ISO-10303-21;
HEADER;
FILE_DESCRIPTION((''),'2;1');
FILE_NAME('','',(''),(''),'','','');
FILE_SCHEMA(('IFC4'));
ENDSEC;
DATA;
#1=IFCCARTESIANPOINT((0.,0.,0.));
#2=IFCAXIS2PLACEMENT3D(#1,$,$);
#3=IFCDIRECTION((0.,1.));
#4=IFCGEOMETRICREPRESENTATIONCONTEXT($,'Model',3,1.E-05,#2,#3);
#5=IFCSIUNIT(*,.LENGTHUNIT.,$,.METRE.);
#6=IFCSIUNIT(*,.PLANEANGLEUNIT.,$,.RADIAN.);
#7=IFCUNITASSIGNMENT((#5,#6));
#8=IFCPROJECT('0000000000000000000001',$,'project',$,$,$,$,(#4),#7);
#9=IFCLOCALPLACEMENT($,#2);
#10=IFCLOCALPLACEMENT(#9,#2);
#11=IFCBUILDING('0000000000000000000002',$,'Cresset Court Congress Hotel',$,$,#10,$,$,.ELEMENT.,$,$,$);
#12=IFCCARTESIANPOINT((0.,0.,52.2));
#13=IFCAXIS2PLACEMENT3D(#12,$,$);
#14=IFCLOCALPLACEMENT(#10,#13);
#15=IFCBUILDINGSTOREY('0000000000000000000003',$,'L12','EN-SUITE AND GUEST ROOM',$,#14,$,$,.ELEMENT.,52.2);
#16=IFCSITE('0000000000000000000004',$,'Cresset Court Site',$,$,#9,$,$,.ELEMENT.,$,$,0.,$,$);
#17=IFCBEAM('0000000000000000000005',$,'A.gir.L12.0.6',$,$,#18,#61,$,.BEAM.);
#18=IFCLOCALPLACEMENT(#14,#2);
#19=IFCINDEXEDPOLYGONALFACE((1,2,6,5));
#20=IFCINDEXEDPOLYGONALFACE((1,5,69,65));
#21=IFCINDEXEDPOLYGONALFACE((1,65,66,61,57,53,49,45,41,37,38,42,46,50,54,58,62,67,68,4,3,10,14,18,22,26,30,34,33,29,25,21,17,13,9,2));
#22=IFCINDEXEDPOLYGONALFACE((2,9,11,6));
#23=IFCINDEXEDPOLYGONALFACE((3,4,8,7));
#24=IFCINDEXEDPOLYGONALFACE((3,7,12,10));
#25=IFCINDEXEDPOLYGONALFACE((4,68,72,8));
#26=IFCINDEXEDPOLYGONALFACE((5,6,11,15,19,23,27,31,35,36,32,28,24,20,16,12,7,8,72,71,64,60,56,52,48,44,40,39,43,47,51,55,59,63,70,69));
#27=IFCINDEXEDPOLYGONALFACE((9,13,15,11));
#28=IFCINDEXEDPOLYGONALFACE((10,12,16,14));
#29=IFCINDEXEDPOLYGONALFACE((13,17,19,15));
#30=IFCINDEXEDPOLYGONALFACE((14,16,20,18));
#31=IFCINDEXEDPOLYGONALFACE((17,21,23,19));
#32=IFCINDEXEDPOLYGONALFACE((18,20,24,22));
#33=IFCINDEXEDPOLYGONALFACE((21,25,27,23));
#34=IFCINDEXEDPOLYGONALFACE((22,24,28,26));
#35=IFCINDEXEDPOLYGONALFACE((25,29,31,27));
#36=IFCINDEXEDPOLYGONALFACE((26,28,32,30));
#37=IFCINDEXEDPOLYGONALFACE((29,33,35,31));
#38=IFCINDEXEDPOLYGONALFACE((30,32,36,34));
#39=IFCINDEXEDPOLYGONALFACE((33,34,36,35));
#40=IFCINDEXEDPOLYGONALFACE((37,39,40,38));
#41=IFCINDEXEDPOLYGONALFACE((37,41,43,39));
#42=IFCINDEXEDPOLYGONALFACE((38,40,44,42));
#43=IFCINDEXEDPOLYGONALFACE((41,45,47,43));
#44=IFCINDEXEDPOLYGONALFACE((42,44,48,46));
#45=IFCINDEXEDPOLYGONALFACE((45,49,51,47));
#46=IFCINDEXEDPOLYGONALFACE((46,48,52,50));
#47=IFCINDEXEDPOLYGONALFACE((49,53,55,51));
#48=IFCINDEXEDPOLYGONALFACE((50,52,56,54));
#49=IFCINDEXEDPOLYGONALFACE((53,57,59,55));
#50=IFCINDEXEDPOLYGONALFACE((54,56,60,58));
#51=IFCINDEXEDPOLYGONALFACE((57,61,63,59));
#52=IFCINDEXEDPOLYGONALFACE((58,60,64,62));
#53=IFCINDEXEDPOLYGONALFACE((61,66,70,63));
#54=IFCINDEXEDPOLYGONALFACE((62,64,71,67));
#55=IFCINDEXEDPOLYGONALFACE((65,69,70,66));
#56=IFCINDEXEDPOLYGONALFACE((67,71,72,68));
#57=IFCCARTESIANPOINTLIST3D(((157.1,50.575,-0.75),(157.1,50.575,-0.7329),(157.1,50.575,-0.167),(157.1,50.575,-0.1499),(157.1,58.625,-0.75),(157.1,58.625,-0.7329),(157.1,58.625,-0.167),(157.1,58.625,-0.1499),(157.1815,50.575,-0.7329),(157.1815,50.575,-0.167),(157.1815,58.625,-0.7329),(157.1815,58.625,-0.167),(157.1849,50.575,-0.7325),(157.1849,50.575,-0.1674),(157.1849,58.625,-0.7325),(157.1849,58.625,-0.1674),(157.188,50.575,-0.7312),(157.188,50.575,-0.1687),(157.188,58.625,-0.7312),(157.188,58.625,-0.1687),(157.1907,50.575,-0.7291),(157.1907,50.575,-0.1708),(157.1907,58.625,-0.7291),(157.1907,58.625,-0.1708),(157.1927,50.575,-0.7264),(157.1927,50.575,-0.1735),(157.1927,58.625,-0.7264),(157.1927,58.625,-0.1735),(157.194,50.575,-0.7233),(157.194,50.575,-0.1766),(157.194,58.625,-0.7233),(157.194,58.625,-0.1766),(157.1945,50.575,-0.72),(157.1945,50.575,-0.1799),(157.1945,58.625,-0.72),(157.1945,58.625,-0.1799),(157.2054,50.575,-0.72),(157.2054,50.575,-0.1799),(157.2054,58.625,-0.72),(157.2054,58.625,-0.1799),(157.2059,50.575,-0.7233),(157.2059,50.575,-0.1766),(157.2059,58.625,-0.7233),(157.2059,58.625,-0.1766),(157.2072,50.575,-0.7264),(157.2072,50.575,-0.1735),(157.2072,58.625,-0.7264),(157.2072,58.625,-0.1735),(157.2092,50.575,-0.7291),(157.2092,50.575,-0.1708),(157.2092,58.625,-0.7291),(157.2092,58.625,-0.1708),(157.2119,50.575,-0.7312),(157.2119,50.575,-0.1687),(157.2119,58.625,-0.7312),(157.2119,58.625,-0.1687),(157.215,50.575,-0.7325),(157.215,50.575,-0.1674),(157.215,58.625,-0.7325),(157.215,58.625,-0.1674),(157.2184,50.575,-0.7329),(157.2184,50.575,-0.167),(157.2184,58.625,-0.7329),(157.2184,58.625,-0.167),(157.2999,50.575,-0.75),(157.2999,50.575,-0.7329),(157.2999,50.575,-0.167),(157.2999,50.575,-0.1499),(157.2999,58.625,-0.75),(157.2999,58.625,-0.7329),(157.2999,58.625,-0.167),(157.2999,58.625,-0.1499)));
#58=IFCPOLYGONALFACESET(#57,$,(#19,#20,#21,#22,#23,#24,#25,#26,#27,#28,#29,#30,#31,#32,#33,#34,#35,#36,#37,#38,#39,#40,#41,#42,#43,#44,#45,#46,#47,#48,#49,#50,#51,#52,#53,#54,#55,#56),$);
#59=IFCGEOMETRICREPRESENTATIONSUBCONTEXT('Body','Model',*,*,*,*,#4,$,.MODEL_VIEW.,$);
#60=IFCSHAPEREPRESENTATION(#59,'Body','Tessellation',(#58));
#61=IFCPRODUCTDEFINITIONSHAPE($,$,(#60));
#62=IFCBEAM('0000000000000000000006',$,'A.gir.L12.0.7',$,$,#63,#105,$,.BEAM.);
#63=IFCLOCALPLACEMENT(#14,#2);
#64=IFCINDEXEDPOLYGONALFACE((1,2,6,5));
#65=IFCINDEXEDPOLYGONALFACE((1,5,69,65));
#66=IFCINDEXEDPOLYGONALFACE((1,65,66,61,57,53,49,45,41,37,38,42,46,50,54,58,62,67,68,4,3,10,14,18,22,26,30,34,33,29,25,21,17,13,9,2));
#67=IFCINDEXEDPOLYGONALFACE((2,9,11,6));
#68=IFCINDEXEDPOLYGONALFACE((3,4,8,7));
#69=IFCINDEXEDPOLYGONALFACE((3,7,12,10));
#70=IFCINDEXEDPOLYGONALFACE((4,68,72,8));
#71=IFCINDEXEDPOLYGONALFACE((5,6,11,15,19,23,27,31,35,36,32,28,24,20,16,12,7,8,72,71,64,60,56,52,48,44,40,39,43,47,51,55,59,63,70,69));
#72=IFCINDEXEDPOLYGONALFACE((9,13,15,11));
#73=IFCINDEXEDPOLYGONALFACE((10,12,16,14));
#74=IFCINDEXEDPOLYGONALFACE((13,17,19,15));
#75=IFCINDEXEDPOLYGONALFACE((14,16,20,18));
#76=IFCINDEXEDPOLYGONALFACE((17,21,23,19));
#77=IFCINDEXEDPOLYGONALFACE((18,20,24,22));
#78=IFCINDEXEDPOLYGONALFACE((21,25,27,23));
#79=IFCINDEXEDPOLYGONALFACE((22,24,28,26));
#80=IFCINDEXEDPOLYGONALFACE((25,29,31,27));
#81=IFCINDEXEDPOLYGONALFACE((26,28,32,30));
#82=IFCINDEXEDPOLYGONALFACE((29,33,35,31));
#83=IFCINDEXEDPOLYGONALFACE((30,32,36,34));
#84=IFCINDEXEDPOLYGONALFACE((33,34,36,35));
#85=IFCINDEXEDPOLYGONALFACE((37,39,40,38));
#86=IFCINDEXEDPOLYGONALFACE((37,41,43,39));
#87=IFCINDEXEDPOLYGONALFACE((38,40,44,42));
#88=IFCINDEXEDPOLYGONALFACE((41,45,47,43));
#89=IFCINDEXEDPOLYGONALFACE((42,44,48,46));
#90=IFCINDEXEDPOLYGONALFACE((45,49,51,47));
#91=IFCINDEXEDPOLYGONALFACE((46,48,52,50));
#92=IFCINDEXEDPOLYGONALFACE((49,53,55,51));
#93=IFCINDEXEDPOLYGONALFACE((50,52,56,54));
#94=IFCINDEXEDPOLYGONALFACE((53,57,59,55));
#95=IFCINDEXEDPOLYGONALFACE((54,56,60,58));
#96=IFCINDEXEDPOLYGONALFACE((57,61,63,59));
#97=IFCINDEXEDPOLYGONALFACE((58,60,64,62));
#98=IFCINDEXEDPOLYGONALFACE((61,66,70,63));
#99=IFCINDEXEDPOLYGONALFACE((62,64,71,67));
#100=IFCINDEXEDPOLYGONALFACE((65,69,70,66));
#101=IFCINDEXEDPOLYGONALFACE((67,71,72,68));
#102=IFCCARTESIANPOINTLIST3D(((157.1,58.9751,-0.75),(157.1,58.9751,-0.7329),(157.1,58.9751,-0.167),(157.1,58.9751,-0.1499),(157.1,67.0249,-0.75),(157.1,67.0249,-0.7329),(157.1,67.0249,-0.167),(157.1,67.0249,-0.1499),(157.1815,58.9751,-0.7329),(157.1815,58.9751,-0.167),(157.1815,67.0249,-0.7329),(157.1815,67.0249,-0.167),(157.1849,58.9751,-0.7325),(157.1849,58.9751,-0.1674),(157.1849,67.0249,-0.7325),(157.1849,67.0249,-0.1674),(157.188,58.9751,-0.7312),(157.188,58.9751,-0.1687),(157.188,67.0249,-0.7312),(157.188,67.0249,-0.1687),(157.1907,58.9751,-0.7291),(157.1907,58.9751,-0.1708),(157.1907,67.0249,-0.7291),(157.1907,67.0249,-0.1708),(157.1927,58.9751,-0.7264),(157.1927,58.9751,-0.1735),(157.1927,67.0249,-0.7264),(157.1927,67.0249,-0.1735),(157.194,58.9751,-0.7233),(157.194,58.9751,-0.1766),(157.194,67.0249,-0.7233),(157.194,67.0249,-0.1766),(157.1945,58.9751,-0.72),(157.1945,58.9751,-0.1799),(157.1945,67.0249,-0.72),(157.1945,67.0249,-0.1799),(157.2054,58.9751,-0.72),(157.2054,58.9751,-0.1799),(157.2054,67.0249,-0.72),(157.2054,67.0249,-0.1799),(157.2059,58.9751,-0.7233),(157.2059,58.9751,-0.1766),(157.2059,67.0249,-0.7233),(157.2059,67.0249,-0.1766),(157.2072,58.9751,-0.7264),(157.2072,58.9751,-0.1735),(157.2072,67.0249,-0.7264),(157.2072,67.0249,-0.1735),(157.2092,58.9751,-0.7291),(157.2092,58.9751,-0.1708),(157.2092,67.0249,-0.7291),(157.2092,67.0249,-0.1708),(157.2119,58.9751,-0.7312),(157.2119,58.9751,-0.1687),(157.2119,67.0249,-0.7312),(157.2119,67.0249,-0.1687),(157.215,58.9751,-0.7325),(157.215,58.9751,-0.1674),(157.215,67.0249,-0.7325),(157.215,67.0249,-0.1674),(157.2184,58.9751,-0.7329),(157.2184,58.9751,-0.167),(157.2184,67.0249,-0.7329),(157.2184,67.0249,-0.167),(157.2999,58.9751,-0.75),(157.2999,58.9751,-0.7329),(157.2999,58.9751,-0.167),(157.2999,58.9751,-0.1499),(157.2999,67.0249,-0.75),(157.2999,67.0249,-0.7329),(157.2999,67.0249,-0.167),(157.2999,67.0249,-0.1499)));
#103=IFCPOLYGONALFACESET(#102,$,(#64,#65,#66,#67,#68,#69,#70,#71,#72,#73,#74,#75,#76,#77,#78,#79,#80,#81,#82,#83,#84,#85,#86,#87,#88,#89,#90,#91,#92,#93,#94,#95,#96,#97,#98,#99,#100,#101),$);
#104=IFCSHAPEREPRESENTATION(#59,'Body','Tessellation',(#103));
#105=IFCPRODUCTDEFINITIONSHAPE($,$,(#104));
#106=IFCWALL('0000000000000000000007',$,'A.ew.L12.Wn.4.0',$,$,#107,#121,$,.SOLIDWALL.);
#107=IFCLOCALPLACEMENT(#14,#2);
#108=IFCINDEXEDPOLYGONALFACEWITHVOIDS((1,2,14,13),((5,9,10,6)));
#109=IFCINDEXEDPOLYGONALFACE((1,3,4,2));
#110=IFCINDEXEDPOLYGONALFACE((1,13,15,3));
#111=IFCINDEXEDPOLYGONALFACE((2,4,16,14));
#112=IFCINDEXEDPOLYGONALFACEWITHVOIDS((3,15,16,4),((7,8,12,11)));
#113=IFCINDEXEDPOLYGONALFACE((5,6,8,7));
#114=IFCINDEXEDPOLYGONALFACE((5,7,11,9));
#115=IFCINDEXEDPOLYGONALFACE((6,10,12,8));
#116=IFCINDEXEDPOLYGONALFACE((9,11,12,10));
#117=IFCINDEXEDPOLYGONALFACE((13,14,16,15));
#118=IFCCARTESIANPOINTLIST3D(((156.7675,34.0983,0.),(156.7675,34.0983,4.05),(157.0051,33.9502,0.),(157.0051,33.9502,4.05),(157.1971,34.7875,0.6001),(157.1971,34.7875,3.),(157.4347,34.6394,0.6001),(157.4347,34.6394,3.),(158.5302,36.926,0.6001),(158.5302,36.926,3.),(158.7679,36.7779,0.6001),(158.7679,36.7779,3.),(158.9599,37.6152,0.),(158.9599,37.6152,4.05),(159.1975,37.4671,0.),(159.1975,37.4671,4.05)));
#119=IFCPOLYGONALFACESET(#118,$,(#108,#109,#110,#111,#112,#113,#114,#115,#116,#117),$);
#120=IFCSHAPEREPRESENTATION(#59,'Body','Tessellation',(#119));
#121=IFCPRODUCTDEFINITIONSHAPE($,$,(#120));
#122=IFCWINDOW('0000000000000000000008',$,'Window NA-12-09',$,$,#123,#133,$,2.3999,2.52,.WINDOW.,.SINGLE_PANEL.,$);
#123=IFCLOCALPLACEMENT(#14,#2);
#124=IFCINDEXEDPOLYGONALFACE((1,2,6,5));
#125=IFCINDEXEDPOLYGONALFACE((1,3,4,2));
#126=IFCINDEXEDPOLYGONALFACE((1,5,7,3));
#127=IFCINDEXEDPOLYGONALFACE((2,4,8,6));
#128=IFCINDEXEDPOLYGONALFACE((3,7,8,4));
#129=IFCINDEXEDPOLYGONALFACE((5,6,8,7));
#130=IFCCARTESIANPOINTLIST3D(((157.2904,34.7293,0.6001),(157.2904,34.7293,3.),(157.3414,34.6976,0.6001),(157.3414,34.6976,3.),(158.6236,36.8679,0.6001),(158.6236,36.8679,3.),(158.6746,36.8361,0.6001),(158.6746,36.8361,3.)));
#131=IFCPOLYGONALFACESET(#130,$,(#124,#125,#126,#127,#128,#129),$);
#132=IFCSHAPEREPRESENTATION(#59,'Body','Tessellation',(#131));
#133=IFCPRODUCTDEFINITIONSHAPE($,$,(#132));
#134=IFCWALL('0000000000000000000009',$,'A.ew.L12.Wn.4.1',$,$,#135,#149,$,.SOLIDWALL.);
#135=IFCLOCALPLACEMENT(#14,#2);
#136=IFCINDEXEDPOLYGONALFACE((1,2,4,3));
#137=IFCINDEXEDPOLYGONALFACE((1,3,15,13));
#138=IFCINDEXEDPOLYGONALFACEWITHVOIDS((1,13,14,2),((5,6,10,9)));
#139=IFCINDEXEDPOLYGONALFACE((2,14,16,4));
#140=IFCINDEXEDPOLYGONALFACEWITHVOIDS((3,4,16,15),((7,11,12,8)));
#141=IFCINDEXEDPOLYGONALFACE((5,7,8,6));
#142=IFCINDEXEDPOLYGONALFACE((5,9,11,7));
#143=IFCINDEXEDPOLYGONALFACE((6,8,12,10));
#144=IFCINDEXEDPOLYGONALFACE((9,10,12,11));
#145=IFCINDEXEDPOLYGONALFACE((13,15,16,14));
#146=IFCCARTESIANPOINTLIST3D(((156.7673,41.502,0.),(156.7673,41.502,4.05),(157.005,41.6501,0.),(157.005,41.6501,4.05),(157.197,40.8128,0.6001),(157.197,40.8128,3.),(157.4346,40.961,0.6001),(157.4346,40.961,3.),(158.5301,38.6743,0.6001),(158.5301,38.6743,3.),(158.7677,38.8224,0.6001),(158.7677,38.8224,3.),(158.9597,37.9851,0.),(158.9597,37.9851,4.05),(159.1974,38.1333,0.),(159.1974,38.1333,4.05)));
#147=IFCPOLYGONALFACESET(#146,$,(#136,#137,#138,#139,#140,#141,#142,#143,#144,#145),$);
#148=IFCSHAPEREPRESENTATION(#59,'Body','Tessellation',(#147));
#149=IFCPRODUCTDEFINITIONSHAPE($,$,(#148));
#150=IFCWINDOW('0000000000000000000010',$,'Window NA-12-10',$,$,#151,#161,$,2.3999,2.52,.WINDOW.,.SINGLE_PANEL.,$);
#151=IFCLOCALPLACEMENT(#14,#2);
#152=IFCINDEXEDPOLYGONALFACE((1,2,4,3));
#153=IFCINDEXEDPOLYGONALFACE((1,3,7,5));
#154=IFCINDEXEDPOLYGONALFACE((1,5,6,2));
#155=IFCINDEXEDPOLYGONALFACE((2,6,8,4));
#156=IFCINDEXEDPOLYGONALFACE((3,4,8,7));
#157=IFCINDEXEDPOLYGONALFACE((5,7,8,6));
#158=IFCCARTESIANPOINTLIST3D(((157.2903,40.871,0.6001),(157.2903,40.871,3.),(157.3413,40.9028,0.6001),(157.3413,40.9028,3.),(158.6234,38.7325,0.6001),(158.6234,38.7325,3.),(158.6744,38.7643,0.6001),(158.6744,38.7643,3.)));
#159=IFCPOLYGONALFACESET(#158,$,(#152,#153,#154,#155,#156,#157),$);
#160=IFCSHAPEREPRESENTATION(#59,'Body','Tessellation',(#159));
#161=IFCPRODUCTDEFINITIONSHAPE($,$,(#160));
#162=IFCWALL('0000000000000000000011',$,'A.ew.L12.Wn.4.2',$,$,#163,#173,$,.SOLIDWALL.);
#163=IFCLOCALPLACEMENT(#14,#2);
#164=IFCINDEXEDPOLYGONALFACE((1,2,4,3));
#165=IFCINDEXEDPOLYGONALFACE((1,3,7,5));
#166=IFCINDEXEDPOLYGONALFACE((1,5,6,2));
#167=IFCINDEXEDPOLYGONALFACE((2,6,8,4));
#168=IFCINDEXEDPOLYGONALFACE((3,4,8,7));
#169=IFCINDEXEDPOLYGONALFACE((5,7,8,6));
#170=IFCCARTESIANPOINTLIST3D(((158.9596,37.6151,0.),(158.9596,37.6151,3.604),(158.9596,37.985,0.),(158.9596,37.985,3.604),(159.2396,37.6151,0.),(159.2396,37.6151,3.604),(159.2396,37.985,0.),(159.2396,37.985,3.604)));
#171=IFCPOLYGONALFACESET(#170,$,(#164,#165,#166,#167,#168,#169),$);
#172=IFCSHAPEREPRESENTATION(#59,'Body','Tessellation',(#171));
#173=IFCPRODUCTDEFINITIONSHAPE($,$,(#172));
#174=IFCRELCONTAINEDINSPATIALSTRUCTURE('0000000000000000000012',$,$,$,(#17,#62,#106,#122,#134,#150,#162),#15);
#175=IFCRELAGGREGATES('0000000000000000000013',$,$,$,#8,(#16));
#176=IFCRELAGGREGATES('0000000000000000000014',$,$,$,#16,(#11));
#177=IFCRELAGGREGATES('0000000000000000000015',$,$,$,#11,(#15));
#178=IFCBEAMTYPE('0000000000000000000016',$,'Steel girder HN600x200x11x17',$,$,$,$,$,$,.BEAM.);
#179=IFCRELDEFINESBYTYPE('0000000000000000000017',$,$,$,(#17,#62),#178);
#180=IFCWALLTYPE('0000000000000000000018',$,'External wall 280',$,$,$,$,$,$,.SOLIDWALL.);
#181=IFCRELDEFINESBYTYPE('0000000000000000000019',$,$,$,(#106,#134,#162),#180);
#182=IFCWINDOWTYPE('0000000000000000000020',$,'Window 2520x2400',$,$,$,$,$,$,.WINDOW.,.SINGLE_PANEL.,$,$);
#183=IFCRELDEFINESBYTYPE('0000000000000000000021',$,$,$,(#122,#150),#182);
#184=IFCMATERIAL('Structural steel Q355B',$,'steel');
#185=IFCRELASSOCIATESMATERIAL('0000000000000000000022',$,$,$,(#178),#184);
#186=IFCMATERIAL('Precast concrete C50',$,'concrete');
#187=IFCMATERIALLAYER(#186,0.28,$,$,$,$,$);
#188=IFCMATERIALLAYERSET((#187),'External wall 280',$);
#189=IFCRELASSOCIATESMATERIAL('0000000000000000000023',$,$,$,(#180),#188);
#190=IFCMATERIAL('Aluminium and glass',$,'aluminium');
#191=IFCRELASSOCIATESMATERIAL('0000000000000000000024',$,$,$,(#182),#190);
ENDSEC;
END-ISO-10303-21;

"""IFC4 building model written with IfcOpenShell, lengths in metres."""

from ifc_helpers import new_model, si_unit, direction, frame, frame_2d, origin, origin_2d, place, context, subcontext, project, spatial, rectangle, i_section, extrude, material, layer, layer_set, material_profile, profile_set, type_object, element, fill, save


model = new_model("IFC4")

# Units and contexts
model_context = context("Model", 3, precision=1e-05, world=origin(), true_north=direction((0.0, 1.0)))
body_context = subcontext(model_context, "Body", "Model", "MODEL_VIEW")
ifc_project = project(units=[si_unit("LENGTHUNIT", "METRE"), si_unit("PLANEANGLEUNIT", "RADIAN")], contexts=[model_context])

# Site, building, storey
site_placement = place(None, origin())
site = spatial("IfcSite", under=ifc_project, at=site_placement, Name="Cresset Court Site", CompositionType="ELEMENT", RefElevation=0.0)
building_placement = place(site_placement, origin())
building = spatial("IfcBuilding", under=site, at=building_placement, Name="Cresset Court Congress Hotel", CompositionType="ELEMENT")
storey_placement = place(building_placement, frame((0.0, 0.0, 52.2)))
storey = spatial("IfcBuildingStorey", under=building, at=storey_placement, Name="L12", Description="EN-SUITE AND GUEST ROOM", CompositionType="ELEMENT", Elevation=52.2)

# Beams
ifc_material_1 = material(Name="Structural steel Q355B", Category="steel")
ifc_material_profile_1 = material_profile(ifc_material_1, i_section(OverallWidth=0.2, OverallDepth=0.6001, WebThickness=0.011, FlangeThickness=0.0171, FilletRadius=0.0129, at=origin_2d()), Name="HN600x200x11x17")
ifc_profile_set_1 = profile_set([ifc_material_profile_1], Name="Structural steel Q355B")
beam_type_1 = type_object("IfcBeamType", Name="Steel girder HN600x200x11x17", PredefinedType="BEAM", material=ifc_profile_set_1)
for number, where, z_axis, x_axis, name in (
    (1, (157.2, 50.575, -0.45), (0.0, 1.0, 0.0), (-1.0, 0.0, 0.0), "A.gir.L12.0.6"),
):
    element("IfcBeam", number, at=place(storey_placement, frame(where, z_axis=z_axis, x_axis=x_axis)), inside=storey, type_object=beam_type_1, Name=name, PredefinedType="BEAM", context=body_context, shape_type="SweptSolid", body=[
        extrude(i_section(OverallWidth=0.2, OverallDepth=0.6001, WebThickness=0.011, FlangeThickness=0.0171, FilletRadius=0.0129, at=origin_2d()), origin(), (0.0, 0.0, 1.0), 8.05),
    ])
beam_1_placement = place(storey_placement, frame((157.2, 58.9751, -0.45), z_axis=(0.0, 1.0, 0.0), x_axis=(-1.0, 0.0, 0.0)))
element("IfcBeam", 2, at=beam_1_placement, inside=storey, type_object=beam_type_1, Name="A.gir.L12.0.7", PredefinedType="BEAM", context=body_context, shape_type="SweptSolid", body=[
    extrude(i_section(OverallWidth=0.2, OverallDepth=0.6001, WebThickness=0.011, FlangeThickness=0.0171, FilletRadius=0.0129, at=origin_2d()), origin(), (0.0, 0.0, 1.0), 8.0498),
])

# Walls, openings, windows
ifc_material_2 = material(Name="Precast concrete C50", Category="concrete")
ifc_layer_1 = layer(ifc_material_2, 0.28)
ifc_layer_set_1 = layer_set([ifc_layer_1], Name="External wall 280")
wall_type_1 = type_object("IfcWallType", Name="External wall 280", PredefinedType="SOLIDWALL", material=ifc_layer_set_1)
wall_1_placement = place(storey_placement, frame((156.8862, 34.0242, 0.0), z_axis=(0.0, 0.0, 1.0), x_axis=(0.529019, 0.84861, 0.0)))
wall_1 = element("IfcWall", 3, at=wall_1_placement, inside=storey, type_object=wall_type_1, Name="A.ew.L12.Wn.4.0", PredefinedType="SOLIDWALL", context=body_context, shape_type="SweptSolid", body=[
    extrude(rectangle(XDim=4.1443, YDim=0.28, at=frame_2d((2.0723, 0.0))), origin(), (0.0, 0.0, 1.0), 4.05),
])
opening_1_placement = place(wall_1_placement, frame((0.8123, 0.0, 0.6001)))
opening_1 = element("IfcOpeningElement", 4, at=opening_1_placement, cuts=wall_1, PredefinedType="OPENING", context=body_context, shape_type="SweptSolid", body=[
    extrude(rectangle(XDim=2.52, YDim=2.3999, at=frame_2d((1.26, 1.2))), frame((0.0, 0.1499, 0.0), z_axis=(0.0, -1.0, 0.0), x_axis=(1.0, 0.0, 0.0)), (0.0, 0.0, 1.0), 0.3),
])
ifc_material_3 = material(Name="Aluminium and glass", Category="aluminium")
window_type = type_object("IfcWindowType", Name="Window 2520x2400", PartitioningType="SINGLE_PANEL", PredefinedType="WINDOW", material=ifc_material_3)
window_1_placement = place(opening_1_placement, origin())
window_1 = element("IfcWindow", 5, at=window_1_placement, inside=storey, type_object=window_type, Name="Window NA-12-09", OverallHeight=2.3999, OverallWidth=2.52, PartitioningType="SINGLE_PANEL", PredefinedType="WINDOW", context=body_context, shape_type="SweptSolid", body=[
    extrude(rectangle(XDim=2.52, YDim=2.3999, at=frame_2d((1.26, 1.2))), frame((0.0, 0.03, 0.0), z_axis=(0.0, -1.0, 0.0), x_axis=(1.0, 0.0, 0.0)), (0.0, 0.0, 1.0), 0.0601),
])
fill(opening_1, window_1)
wall_2_placement = place(storey_placement, frame((159.0786, 38.0591, 0.0), z_axis=(0.0, 0.0, 1.0), x_axis=(-0.529019, 0.84861, 0.0)))
wall_2 = element("IfcWall", 6, at=wall_2_placement, inside=storey, type_object=wall_type_1, Name="A.ew.L12.Wn.4.1", PredefinedType="SOLIDWALL", context=body_context, shape_type="SweptSolid", body=[
    extrude(rectangle(XDim=4.1443, YDim=0.28, at=frame_2d((2.0723, 0.0))), origin(), (0.0, 0.0, 1.0), 4.05),
])
opening_2_placement = place(wall_2_placement, frame((0.8123, 0.0, 0.6001)))
opening_2 = element("IfcOpeningElement", 7, at=opening_2_placement, cuts=wall_2, PredefinedType="OPENING", context=body_context, shape_type="SweptSolid", body=[
    extrude(rectangle(XDim=2.52, YDim=2.3999, at=frame_2d((1.26, 1.2))), frame((0.0, 0.1499, 0.0), z_axis=(0.0, -1.0, 0.0), x_axis=(1.0, 0.0, 0.0)), (0.0, 0.0, 1.0), 0.3),
])
window_2_placement = place(opening_2_placement, origin())
window_2 = element("IfcWindow", 8, at=window_2_placement, inside=storey, type_object=window_type, Name="Window NA-12-10", OverallHeight=2.3999, OverallWidth=2.52, PartitioningType="SINGLE_PANEL", PredefinedType="WINDOW", context=body_context, shape_type="SweptSolid", body=[
    extrude(rectangle(XDim=2.52, YDim=2.3999, at=frame_2d((1.26, 1.2))), frame((0.0, 0.03, 0.0), z_axis=(0.0, -1.0, 0.0), x_axis=(1.0, 0.0, 0.0)), (0.0, 0.0, 1.0), 0.0601),
])
fill(opening_2, window_2)

# Wall
wall_3_placement = place(storey_placement, frame((159.0996, 37.615, 0.0), z_axis=(0.0, 0.0, 1.0), x_axis=(0.0, 1.0, 0.0)))
element("IfcWall", 9, at=wall_3_placement, inside=storey, type_object=wall_type_1, Name="A.ew.L12.Wn.4.2", PredefinedType="SOLIDWALL", context=body_context, shape_type="SweptSolid", body=[
    extrude(rectangle(XDim=0.3699, YDim=0.28, at=frame_2d((0.1851, 0.0))), origin(), (0.0, 0.0, 1.0), 3.604),
])

save(model, "model.ifc")
